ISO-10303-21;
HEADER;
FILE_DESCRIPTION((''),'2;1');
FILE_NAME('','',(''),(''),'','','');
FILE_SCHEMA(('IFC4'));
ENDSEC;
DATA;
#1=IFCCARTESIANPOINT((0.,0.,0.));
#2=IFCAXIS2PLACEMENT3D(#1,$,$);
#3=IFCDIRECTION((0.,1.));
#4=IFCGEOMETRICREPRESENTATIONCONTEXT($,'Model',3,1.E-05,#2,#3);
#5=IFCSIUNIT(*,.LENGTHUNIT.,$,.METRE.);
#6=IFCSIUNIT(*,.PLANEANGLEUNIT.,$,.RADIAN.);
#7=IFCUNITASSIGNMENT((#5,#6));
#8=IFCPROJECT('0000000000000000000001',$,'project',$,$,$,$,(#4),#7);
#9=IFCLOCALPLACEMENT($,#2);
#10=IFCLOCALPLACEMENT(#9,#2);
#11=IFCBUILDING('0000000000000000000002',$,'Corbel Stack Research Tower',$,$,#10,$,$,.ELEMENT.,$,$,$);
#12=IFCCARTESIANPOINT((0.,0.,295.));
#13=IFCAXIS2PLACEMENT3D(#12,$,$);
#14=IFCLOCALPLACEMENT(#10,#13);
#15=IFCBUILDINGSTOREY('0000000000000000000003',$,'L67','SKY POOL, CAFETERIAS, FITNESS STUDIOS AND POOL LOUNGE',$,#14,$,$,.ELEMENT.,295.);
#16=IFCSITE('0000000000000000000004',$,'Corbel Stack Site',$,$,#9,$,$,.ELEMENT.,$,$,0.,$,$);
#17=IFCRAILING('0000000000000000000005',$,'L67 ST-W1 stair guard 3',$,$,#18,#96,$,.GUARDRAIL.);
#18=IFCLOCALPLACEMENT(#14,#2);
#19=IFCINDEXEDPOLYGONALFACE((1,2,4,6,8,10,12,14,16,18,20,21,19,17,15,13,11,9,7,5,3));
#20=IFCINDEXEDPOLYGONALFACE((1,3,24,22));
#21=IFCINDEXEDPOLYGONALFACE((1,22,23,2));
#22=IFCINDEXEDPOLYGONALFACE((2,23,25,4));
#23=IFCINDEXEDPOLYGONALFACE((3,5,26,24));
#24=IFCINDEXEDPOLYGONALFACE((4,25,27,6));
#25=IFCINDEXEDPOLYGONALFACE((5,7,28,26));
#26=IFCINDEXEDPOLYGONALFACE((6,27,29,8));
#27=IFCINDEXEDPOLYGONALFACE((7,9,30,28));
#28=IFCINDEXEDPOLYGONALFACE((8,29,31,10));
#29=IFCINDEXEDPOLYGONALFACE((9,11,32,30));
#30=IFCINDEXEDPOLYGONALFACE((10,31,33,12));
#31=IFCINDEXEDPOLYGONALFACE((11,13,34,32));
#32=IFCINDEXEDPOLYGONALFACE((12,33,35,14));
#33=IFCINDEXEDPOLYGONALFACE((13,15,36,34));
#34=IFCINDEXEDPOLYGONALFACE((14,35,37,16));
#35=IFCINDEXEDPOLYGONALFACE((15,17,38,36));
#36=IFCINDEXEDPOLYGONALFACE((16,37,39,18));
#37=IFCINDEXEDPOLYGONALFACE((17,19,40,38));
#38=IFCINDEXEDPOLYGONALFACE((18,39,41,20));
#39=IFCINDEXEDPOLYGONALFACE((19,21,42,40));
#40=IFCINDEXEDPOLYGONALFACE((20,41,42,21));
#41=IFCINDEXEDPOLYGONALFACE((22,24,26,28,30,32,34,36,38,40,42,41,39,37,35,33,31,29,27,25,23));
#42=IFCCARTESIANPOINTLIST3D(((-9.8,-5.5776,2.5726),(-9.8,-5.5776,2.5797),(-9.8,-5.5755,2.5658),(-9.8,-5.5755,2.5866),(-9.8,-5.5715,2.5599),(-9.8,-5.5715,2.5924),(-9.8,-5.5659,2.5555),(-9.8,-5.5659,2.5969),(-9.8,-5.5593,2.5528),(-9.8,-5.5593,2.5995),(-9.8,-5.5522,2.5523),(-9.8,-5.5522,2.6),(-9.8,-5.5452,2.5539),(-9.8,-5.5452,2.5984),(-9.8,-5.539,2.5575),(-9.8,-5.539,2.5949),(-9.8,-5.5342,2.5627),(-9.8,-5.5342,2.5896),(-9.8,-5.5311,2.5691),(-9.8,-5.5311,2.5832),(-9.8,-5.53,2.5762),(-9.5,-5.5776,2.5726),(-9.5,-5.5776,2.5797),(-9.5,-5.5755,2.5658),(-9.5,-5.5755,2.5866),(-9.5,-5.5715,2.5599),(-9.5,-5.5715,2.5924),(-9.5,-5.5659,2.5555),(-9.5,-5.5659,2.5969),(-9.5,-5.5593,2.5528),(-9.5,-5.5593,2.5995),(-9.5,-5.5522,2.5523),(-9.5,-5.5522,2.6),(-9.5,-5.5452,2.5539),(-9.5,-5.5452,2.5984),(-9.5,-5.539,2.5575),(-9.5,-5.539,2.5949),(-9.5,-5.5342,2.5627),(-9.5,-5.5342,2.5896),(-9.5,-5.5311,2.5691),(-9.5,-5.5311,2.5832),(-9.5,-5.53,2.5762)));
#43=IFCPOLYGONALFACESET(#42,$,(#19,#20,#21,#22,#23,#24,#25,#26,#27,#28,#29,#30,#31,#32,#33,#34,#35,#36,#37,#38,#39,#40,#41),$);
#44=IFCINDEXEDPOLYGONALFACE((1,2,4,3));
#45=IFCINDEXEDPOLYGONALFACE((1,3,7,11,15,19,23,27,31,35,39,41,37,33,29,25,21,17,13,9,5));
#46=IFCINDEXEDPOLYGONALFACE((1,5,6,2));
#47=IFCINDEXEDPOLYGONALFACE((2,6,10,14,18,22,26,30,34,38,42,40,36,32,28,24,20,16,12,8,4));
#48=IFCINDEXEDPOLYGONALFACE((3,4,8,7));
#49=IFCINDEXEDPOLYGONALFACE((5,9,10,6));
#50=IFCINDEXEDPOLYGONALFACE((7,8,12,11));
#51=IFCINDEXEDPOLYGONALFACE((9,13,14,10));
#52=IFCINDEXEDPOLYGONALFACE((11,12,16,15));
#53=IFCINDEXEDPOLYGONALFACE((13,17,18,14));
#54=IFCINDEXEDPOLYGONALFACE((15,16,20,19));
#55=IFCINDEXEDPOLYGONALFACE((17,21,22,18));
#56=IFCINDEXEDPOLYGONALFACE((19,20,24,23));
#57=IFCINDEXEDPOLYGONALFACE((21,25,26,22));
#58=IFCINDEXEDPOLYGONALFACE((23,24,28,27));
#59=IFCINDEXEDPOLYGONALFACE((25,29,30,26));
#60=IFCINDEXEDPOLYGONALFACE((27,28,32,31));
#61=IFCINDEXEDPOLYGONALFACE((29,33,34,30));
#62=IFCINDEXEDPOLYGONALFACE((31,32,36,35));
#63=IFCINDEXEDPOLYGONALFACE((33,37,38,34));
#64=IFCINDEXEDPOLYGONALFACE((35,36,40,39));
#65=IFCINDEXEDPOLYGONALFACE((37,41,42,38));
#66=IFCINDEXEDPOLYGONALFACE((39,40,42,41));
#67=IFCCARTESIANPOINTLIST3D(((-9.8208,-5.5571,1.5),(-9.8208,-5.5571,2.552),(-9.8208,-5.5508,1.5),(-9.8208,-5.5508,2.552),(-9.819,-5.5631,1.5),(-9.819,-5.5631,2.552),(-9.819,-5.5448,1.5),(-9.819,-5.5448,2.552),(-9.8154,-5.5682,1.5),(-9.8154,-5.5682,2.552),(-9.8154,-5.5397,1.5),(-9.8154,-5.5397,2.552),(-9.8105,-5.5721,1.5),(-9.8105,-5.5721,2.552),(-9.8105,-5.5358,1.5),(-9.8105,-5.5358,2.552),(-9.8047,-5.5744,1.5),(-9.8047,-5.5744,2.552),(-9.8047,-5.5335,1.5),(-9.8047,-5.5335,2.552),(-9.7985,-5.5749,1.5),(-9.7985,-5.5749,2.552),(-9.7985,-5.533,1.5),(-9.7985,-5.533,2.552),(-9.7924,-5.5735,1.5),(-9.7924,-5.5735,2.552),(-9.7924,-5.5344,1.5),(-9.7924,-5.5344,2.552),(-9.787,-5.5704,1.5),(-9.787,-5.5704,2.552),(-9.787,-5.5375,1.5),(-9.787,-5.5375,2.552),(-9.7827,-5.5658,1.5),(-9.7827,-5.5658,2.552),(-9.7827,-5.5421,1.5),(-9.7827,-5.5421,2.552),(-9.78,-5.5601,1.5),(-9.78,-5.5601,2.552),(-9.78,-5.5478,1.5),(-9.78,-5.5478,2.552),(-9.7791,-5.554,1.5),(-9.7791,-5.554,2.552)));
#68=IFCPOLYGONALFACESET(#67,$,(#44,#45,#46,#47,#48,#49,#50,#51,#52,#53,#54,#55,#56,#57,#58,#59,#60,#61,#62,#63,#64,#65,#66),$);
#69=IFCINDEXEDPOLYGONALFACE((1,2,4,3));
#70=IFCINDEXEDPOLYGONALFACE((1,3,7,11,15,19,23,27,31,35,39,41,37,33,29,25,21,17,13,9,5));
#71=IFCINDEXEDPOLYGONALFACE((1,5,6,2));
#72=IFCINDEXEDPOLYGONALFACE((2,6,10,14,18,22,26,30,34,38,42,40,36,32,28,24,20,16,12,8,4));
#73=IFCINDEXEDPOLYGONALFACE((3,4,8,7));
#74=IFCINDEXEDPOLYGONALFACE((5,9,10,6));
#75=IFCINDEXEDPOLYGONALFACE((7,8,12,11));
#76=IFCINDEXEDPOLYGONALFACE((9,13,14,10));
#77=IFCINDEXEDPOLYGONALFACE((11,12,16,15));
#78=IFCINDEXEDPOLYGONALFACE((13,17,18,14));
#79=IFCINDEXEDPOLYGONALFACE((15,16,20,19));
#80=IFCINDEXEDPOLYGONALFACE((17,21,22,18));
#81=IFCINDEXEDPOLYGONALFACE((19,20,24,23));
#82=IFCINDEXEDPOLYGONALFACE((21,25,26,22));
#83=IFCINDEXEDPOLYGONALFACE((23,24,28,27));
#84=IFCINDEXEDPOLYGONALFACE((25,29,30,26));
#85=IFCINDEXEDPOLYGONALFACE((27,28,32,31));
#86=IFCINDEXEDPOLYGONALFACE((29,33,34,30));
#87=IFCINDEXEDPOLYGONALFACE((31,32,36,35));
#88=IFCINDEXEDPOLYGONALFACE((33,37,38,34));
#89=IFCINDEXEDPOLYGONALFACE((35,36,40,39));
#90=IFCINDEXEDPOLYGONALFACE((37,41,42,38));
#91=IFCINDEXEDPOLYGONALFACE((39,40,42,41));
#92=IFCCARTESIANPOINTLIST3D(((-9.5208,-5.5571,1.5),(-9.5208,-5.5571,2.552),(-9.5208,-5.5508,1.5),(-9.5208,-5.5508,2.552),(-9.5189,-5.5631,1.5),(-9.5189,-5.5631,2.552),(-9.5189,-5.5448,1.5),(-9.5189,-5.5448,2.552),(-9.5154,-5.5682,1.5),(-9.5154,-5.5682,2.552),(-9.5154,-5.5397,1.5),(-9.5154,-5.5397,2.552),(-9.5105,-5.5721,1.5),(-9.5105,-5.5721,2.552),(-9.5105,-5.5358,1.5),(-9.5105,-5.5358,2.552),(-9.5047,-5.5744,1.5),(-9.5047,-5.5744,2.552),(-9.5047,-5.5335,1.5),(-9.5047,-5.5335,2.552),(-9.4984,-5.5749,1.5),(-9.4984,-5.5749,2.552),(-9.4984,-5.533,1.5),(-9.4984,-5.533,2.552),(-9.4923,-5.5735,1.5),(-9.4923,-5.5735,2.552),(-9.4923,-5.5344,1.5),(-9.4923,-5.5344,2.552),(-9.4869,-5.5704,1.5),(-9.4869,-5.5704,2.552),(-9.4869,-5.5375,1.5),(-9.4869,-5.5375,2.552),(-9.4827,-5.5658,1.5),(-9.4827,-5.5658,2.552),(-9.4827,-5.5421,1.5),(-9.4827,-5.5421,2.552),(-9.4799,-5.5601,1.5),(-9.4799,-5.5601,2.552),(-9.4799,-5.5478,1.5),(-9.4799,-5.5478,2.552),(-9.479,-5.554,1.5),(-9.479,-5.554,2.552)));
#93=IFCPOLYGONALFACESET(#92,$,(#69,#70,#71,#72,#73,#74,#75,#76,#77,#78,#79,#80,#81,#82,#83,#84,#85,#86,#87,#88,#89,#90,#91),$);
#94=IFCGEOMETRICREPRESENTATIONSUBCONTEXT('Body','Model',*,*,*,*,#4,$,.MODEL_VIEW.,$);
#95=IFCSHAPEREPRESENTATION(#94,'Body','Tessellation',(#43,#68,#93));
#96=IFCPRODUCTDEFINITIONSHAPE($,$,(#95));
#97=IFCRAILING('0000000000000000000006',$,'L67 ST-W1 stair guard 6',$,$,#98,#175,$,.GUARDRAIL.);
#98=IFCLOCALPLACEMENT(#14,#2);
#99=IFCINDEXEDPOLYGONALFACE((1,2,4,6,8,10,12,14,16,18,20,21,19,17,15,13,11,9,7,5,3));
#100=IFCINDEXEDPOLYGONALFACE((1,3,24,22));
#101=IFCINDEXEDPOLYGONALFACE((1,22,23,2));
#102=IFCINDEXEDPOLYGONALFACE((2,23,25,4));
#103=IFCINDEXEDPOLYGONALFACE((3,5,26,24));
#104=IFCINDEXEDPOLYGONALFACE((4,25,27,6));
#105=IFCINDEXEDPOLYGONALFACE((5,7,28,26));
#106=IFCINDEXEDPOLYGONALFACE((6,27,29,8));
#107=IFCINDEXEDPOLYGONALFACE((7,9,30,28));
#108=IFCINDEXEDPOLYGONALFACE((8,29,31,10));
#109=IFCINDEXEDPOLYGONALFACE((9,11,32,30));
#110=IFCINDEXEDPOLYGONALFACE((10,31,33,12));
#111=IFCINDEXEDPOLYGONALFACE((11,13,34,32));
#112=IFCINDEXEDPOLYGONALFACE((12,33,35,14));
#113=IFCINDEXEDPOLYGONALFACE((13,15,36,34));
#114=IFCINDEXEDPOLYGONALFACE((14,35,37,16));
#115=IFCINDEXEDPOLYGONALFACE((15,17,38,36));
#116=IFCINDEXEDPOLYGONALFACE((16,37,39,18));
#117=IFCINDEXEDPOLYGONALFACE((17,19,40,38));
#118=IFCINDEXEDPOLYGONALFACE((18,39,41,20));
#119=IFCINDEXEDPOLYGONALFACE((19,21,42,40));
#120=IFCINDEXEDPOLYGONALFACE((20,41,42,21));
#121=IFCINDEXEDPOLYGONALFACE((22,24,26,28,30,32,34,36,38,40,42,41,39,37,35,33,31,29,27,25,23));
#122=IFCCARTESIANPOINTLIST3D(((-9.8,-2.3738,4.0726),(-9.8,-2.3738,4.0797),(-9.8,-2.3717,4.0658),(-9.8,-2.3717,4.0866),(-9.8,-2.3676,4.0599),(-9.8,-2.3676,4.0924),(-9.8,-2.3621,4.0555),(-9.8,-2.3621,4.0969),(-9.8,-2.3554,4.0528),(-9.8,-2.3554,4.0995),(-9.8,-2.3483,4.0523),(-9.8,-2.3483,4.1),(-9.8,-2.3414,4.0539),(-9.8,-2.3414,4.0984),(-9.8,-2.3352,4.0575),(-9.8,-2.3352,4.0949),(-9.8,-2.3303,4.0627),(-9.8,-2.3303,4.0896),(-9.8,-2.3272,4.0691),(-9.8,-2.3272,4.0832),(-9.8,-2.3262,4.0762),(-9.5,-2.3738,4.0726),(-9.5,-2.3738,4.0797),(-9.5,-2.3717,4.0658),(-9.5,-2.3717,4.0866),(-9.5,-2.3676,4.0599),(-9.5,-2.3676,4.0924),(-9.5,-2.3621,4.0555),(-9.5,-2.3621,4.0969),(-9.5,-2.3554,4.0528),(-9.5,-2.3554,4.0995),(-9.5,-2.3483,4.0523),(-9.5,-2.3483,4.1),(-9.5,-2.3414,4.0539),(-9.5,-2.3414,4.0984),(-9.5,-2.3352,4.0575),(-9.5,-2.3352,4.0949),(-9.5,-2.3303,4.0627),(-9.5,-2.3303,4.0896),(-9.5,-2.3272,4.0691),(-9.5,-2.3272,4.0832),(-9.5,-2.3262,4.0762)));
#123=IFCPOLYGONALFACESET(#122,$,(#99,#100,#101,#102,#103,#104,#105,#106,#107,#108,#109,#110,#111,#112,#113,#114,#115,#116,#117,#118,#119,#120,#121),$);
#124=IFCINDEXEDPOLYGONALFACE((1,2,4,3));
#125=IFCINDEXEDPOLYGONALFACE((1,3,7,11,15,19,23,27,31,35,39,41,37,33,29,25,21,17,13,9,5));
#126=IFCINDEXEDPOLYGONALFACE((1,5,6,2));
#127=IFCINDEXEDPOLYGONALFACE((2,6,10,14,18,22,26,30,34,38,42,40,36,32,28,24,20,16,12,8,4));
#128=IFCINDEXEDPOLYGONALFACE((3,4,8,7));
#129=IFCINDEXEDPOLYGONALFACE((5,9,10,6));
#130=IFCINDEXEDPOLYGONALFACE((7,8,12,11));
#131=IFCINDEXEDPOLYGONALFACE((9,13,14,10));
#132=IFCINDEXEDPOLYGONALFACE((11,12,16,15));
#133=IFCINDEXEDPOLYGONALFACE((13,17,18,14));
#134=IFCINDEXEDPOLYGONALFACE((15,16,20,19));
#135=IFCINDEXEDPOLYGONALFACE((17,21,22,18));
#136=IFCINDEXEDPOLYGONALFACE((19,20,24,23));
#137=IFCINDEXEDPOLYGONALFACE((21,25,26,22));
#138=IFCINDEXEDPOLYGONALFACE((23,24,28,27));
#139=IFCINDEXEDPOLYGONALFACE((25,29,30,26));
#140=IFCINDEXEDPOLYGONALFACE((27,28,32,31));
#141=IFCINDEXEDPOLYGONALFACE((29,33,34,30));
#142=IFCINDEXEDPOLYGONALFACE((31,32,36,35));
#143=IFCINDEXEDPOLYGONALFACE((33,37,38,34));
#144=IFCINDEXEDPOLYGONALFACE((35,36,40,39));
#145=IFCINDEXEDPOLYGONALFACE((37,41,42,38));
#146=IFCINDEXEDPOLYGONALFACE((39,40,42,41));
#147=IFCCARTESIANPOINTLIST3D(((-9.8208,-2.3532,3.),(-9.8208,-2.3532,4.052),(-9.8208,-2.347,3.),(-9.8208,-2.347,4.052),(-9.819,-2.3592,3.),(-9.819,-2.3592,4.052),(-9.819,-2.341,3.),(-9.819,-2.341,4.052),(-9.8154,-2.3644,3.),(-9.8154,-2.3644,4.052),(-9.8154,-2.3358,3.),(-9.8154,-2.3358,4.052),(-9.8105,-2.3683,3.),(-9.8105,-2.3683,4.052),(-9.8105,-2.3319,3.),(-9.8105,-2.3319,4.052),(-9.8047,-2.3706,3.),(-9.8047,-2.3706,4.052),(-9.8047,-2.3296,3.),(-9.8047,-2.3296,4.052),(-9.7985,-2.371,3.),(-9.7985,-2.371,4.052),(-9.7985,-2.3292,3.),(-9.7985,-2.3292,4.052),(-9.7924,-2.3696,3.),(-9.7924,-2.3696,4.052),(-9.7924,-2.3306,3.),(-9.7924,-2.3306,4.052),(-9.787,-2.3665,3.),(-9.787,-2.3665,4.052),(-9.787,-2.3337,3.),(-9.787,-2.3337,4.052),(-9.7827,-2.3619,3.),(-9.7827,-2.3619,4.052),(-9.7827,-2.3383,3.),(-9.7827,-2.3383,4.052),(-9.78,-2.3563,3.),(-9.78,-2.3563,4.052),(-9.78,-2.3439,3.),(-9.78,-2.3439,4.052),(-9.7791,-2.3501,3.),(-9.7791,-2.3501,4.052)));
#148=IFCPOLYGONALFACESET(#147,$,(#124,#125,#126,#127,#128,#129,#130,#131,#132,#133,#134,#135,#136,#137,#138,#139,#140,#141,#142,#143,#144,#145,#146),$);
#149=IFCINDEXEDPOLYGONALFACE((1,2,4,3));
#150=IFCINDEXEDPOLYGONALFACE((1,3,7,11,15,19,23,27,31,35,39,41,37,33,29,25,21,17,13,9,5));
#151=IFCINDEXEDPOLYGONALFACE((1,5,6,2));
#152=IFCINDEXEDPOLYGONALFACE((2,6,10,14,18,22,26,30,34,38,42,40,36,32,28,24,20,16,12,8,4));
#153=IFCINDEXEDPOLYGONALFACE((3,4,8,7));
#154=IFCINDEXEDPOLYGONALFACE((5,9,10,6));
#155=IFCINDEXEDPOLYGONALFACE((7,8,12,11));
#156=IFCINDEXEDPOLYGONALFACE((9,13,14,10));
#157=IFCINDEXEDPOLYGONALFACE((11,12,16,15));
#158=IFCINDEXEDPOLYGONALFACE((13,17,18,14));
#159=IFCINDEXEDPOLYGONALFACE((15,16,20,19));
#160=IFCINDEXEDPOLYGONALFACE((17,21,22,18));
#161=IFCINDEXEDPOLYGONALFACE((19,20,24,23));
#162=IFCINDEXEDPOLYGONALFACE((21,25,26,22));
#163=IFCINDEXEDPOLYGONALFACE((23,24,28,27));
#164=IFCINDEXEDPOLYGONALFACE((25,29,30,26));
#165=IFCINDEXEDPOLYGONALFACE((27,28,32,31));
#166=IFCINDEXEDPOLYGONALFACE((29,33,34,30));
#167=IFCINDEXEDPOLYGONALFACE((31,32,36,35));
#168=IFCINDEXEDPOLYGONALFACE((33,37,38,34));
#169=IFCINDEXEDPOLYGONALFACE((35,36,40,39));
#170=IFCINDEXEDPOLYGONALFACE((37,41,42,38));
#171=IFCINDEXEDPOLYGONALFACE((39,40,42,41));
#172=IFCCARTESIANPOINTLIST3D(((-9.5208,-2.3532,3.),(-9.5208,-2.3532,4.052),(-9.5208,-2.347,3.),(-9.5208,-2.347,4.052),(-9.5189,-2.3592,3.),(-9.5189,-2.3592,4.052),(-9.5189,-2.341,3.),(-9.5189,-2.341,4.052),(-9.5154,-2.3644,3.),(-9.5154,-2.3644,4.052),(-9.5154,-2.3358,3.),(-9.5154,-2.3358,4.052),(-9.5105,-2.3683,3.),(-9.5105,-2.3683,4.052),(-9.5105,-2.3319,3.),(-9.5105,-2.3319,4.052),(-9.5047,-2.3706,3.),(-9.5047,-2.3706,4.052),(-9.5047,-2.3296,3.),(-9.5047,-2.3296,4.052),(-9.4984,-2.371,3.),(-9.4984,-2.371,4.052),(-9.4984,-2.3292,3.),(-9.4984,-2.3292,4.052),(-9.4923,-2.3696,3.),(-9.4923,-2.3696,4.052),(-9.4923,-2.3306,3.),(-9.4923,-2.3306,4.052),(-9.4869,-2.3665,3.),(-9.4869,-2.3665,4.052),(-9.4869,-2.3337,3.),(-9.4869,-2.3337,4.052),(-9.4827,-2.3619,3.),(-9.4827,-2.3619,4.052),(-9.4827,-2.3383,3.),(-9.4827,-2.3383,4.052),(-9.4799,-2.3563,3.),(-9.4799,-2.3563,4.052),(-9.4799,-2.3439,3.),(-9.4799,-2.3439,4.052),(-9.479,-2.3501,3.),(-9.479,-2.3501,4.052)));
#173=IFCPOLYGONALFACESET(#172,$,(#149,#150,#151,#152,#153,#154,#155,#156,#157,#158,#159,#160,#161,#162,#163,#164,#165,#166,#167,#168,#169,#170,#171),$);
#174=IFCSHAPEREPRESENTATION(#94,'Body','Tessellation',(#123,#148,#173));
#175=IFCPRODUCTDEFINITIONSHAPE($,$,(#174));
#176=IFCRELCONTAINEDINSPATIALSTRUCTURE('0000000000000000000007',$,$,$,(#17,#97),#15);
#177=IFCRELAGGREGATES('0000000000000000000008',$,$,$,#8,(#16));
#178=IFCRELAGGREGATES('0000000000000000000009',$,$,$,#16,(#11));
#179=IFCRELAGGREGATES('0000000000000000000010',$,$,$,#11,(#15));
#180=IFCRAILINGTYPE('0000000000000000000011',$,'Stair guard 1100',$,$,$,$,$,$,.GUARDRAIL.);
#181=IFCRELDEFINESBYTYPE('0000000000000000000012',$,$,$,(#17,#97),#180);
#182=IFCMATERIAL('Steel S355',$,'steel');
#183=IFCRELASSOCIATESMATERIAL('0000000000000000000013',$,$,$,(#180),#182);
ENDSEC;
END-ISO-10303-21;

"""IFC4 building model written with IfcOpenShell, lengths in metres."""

from ifc_helpers import new_model, si_unit, direction, frame, origin, origin_2d, place, context, subcontext, project, spatial, circle, extrude, material, type_object, element, save


model = new_model("IFC4")

# Units and contexts
model_context = context("Model", 3, precision=1e-05, world=origin(), true_north=direction((0.0, 1.0)))
body_context = subcontext(model_context, "Body", "Model", "MODEL_VIEW")
ifc_project = project(units=[si_unit("LENGTHUNIT", "METRE"), si_unit("PLANEANGLEUNIT", "RADIAN")], contexts=[model_context])

# Site, building, storey
site_placement = place(None, origin())
site = spatial("IfcSite", under=ifc_project, at=site_placement, Name="Corbel Stack Site", CompositionType="ELEMENT", RefElevation=0.0)
building_placement = place(site_placement, origin())
building = spatial("IfcBuilding", under=site, at=building_placement, Name="Corbel Stack Research Tower", CompositionType="ELEMENT")
storey_placement = place(building_placement, frame((0.0, 0.0, 295.0)))
storey = spatial("IfcBuildingStorey", under=building, at=storey_placement, Name="L67", Description="SKY POOL, CAFETERIAS, FITNESS STUDIOS AND POOL LOUNGE", CompositionType="ELEMENT", Elevation=295.0)

# Railings
ifc_material_1 = material(Name="Steel S355", Category="steel")
railing_type_1 = type_object("IfcRailingType", Name="Stair guard 1100", PredefinedType="GUARDRAIL", material=ifc_material_1)
for number, where, name in (
    (1, (-9.8, -5.554, 1.5), "L67 ST-W1 stair guard 3"),
    (2, (-9.8, -2.3501, 3.0), "L67 ST-W1 stair guard 6"),
):
    element("IfcRailing", number, at=place(storey_placement, frame(where)), inside=storey, type_object=railing_type_1, Name=name, PredefinedType="GUARDRAIL", context=body_context, shape_type="SweptSolid", body=[
        extrude(circle(Radius=0.0239, at=origin_2d()), frame((0.0, 0.0, 1.0762), z_axis=(1.0, 0.0, 0.0), x_axis=(0.0, 1.0, 0.0)), (0.0, 0.0, 1.0), 0.3),
        extrude(circle(Radius=0.021, at=origin_2d()), origin(), (0.0, 0.0, 1.0), 1.052),
        extrude(circle(Radius=0.021, at=origin_2d()), frame((0.3, 0.0, 0.0)), (0.0, 0.0, 1.0), 1.052),
    ])

save(model, "model.ifc")
